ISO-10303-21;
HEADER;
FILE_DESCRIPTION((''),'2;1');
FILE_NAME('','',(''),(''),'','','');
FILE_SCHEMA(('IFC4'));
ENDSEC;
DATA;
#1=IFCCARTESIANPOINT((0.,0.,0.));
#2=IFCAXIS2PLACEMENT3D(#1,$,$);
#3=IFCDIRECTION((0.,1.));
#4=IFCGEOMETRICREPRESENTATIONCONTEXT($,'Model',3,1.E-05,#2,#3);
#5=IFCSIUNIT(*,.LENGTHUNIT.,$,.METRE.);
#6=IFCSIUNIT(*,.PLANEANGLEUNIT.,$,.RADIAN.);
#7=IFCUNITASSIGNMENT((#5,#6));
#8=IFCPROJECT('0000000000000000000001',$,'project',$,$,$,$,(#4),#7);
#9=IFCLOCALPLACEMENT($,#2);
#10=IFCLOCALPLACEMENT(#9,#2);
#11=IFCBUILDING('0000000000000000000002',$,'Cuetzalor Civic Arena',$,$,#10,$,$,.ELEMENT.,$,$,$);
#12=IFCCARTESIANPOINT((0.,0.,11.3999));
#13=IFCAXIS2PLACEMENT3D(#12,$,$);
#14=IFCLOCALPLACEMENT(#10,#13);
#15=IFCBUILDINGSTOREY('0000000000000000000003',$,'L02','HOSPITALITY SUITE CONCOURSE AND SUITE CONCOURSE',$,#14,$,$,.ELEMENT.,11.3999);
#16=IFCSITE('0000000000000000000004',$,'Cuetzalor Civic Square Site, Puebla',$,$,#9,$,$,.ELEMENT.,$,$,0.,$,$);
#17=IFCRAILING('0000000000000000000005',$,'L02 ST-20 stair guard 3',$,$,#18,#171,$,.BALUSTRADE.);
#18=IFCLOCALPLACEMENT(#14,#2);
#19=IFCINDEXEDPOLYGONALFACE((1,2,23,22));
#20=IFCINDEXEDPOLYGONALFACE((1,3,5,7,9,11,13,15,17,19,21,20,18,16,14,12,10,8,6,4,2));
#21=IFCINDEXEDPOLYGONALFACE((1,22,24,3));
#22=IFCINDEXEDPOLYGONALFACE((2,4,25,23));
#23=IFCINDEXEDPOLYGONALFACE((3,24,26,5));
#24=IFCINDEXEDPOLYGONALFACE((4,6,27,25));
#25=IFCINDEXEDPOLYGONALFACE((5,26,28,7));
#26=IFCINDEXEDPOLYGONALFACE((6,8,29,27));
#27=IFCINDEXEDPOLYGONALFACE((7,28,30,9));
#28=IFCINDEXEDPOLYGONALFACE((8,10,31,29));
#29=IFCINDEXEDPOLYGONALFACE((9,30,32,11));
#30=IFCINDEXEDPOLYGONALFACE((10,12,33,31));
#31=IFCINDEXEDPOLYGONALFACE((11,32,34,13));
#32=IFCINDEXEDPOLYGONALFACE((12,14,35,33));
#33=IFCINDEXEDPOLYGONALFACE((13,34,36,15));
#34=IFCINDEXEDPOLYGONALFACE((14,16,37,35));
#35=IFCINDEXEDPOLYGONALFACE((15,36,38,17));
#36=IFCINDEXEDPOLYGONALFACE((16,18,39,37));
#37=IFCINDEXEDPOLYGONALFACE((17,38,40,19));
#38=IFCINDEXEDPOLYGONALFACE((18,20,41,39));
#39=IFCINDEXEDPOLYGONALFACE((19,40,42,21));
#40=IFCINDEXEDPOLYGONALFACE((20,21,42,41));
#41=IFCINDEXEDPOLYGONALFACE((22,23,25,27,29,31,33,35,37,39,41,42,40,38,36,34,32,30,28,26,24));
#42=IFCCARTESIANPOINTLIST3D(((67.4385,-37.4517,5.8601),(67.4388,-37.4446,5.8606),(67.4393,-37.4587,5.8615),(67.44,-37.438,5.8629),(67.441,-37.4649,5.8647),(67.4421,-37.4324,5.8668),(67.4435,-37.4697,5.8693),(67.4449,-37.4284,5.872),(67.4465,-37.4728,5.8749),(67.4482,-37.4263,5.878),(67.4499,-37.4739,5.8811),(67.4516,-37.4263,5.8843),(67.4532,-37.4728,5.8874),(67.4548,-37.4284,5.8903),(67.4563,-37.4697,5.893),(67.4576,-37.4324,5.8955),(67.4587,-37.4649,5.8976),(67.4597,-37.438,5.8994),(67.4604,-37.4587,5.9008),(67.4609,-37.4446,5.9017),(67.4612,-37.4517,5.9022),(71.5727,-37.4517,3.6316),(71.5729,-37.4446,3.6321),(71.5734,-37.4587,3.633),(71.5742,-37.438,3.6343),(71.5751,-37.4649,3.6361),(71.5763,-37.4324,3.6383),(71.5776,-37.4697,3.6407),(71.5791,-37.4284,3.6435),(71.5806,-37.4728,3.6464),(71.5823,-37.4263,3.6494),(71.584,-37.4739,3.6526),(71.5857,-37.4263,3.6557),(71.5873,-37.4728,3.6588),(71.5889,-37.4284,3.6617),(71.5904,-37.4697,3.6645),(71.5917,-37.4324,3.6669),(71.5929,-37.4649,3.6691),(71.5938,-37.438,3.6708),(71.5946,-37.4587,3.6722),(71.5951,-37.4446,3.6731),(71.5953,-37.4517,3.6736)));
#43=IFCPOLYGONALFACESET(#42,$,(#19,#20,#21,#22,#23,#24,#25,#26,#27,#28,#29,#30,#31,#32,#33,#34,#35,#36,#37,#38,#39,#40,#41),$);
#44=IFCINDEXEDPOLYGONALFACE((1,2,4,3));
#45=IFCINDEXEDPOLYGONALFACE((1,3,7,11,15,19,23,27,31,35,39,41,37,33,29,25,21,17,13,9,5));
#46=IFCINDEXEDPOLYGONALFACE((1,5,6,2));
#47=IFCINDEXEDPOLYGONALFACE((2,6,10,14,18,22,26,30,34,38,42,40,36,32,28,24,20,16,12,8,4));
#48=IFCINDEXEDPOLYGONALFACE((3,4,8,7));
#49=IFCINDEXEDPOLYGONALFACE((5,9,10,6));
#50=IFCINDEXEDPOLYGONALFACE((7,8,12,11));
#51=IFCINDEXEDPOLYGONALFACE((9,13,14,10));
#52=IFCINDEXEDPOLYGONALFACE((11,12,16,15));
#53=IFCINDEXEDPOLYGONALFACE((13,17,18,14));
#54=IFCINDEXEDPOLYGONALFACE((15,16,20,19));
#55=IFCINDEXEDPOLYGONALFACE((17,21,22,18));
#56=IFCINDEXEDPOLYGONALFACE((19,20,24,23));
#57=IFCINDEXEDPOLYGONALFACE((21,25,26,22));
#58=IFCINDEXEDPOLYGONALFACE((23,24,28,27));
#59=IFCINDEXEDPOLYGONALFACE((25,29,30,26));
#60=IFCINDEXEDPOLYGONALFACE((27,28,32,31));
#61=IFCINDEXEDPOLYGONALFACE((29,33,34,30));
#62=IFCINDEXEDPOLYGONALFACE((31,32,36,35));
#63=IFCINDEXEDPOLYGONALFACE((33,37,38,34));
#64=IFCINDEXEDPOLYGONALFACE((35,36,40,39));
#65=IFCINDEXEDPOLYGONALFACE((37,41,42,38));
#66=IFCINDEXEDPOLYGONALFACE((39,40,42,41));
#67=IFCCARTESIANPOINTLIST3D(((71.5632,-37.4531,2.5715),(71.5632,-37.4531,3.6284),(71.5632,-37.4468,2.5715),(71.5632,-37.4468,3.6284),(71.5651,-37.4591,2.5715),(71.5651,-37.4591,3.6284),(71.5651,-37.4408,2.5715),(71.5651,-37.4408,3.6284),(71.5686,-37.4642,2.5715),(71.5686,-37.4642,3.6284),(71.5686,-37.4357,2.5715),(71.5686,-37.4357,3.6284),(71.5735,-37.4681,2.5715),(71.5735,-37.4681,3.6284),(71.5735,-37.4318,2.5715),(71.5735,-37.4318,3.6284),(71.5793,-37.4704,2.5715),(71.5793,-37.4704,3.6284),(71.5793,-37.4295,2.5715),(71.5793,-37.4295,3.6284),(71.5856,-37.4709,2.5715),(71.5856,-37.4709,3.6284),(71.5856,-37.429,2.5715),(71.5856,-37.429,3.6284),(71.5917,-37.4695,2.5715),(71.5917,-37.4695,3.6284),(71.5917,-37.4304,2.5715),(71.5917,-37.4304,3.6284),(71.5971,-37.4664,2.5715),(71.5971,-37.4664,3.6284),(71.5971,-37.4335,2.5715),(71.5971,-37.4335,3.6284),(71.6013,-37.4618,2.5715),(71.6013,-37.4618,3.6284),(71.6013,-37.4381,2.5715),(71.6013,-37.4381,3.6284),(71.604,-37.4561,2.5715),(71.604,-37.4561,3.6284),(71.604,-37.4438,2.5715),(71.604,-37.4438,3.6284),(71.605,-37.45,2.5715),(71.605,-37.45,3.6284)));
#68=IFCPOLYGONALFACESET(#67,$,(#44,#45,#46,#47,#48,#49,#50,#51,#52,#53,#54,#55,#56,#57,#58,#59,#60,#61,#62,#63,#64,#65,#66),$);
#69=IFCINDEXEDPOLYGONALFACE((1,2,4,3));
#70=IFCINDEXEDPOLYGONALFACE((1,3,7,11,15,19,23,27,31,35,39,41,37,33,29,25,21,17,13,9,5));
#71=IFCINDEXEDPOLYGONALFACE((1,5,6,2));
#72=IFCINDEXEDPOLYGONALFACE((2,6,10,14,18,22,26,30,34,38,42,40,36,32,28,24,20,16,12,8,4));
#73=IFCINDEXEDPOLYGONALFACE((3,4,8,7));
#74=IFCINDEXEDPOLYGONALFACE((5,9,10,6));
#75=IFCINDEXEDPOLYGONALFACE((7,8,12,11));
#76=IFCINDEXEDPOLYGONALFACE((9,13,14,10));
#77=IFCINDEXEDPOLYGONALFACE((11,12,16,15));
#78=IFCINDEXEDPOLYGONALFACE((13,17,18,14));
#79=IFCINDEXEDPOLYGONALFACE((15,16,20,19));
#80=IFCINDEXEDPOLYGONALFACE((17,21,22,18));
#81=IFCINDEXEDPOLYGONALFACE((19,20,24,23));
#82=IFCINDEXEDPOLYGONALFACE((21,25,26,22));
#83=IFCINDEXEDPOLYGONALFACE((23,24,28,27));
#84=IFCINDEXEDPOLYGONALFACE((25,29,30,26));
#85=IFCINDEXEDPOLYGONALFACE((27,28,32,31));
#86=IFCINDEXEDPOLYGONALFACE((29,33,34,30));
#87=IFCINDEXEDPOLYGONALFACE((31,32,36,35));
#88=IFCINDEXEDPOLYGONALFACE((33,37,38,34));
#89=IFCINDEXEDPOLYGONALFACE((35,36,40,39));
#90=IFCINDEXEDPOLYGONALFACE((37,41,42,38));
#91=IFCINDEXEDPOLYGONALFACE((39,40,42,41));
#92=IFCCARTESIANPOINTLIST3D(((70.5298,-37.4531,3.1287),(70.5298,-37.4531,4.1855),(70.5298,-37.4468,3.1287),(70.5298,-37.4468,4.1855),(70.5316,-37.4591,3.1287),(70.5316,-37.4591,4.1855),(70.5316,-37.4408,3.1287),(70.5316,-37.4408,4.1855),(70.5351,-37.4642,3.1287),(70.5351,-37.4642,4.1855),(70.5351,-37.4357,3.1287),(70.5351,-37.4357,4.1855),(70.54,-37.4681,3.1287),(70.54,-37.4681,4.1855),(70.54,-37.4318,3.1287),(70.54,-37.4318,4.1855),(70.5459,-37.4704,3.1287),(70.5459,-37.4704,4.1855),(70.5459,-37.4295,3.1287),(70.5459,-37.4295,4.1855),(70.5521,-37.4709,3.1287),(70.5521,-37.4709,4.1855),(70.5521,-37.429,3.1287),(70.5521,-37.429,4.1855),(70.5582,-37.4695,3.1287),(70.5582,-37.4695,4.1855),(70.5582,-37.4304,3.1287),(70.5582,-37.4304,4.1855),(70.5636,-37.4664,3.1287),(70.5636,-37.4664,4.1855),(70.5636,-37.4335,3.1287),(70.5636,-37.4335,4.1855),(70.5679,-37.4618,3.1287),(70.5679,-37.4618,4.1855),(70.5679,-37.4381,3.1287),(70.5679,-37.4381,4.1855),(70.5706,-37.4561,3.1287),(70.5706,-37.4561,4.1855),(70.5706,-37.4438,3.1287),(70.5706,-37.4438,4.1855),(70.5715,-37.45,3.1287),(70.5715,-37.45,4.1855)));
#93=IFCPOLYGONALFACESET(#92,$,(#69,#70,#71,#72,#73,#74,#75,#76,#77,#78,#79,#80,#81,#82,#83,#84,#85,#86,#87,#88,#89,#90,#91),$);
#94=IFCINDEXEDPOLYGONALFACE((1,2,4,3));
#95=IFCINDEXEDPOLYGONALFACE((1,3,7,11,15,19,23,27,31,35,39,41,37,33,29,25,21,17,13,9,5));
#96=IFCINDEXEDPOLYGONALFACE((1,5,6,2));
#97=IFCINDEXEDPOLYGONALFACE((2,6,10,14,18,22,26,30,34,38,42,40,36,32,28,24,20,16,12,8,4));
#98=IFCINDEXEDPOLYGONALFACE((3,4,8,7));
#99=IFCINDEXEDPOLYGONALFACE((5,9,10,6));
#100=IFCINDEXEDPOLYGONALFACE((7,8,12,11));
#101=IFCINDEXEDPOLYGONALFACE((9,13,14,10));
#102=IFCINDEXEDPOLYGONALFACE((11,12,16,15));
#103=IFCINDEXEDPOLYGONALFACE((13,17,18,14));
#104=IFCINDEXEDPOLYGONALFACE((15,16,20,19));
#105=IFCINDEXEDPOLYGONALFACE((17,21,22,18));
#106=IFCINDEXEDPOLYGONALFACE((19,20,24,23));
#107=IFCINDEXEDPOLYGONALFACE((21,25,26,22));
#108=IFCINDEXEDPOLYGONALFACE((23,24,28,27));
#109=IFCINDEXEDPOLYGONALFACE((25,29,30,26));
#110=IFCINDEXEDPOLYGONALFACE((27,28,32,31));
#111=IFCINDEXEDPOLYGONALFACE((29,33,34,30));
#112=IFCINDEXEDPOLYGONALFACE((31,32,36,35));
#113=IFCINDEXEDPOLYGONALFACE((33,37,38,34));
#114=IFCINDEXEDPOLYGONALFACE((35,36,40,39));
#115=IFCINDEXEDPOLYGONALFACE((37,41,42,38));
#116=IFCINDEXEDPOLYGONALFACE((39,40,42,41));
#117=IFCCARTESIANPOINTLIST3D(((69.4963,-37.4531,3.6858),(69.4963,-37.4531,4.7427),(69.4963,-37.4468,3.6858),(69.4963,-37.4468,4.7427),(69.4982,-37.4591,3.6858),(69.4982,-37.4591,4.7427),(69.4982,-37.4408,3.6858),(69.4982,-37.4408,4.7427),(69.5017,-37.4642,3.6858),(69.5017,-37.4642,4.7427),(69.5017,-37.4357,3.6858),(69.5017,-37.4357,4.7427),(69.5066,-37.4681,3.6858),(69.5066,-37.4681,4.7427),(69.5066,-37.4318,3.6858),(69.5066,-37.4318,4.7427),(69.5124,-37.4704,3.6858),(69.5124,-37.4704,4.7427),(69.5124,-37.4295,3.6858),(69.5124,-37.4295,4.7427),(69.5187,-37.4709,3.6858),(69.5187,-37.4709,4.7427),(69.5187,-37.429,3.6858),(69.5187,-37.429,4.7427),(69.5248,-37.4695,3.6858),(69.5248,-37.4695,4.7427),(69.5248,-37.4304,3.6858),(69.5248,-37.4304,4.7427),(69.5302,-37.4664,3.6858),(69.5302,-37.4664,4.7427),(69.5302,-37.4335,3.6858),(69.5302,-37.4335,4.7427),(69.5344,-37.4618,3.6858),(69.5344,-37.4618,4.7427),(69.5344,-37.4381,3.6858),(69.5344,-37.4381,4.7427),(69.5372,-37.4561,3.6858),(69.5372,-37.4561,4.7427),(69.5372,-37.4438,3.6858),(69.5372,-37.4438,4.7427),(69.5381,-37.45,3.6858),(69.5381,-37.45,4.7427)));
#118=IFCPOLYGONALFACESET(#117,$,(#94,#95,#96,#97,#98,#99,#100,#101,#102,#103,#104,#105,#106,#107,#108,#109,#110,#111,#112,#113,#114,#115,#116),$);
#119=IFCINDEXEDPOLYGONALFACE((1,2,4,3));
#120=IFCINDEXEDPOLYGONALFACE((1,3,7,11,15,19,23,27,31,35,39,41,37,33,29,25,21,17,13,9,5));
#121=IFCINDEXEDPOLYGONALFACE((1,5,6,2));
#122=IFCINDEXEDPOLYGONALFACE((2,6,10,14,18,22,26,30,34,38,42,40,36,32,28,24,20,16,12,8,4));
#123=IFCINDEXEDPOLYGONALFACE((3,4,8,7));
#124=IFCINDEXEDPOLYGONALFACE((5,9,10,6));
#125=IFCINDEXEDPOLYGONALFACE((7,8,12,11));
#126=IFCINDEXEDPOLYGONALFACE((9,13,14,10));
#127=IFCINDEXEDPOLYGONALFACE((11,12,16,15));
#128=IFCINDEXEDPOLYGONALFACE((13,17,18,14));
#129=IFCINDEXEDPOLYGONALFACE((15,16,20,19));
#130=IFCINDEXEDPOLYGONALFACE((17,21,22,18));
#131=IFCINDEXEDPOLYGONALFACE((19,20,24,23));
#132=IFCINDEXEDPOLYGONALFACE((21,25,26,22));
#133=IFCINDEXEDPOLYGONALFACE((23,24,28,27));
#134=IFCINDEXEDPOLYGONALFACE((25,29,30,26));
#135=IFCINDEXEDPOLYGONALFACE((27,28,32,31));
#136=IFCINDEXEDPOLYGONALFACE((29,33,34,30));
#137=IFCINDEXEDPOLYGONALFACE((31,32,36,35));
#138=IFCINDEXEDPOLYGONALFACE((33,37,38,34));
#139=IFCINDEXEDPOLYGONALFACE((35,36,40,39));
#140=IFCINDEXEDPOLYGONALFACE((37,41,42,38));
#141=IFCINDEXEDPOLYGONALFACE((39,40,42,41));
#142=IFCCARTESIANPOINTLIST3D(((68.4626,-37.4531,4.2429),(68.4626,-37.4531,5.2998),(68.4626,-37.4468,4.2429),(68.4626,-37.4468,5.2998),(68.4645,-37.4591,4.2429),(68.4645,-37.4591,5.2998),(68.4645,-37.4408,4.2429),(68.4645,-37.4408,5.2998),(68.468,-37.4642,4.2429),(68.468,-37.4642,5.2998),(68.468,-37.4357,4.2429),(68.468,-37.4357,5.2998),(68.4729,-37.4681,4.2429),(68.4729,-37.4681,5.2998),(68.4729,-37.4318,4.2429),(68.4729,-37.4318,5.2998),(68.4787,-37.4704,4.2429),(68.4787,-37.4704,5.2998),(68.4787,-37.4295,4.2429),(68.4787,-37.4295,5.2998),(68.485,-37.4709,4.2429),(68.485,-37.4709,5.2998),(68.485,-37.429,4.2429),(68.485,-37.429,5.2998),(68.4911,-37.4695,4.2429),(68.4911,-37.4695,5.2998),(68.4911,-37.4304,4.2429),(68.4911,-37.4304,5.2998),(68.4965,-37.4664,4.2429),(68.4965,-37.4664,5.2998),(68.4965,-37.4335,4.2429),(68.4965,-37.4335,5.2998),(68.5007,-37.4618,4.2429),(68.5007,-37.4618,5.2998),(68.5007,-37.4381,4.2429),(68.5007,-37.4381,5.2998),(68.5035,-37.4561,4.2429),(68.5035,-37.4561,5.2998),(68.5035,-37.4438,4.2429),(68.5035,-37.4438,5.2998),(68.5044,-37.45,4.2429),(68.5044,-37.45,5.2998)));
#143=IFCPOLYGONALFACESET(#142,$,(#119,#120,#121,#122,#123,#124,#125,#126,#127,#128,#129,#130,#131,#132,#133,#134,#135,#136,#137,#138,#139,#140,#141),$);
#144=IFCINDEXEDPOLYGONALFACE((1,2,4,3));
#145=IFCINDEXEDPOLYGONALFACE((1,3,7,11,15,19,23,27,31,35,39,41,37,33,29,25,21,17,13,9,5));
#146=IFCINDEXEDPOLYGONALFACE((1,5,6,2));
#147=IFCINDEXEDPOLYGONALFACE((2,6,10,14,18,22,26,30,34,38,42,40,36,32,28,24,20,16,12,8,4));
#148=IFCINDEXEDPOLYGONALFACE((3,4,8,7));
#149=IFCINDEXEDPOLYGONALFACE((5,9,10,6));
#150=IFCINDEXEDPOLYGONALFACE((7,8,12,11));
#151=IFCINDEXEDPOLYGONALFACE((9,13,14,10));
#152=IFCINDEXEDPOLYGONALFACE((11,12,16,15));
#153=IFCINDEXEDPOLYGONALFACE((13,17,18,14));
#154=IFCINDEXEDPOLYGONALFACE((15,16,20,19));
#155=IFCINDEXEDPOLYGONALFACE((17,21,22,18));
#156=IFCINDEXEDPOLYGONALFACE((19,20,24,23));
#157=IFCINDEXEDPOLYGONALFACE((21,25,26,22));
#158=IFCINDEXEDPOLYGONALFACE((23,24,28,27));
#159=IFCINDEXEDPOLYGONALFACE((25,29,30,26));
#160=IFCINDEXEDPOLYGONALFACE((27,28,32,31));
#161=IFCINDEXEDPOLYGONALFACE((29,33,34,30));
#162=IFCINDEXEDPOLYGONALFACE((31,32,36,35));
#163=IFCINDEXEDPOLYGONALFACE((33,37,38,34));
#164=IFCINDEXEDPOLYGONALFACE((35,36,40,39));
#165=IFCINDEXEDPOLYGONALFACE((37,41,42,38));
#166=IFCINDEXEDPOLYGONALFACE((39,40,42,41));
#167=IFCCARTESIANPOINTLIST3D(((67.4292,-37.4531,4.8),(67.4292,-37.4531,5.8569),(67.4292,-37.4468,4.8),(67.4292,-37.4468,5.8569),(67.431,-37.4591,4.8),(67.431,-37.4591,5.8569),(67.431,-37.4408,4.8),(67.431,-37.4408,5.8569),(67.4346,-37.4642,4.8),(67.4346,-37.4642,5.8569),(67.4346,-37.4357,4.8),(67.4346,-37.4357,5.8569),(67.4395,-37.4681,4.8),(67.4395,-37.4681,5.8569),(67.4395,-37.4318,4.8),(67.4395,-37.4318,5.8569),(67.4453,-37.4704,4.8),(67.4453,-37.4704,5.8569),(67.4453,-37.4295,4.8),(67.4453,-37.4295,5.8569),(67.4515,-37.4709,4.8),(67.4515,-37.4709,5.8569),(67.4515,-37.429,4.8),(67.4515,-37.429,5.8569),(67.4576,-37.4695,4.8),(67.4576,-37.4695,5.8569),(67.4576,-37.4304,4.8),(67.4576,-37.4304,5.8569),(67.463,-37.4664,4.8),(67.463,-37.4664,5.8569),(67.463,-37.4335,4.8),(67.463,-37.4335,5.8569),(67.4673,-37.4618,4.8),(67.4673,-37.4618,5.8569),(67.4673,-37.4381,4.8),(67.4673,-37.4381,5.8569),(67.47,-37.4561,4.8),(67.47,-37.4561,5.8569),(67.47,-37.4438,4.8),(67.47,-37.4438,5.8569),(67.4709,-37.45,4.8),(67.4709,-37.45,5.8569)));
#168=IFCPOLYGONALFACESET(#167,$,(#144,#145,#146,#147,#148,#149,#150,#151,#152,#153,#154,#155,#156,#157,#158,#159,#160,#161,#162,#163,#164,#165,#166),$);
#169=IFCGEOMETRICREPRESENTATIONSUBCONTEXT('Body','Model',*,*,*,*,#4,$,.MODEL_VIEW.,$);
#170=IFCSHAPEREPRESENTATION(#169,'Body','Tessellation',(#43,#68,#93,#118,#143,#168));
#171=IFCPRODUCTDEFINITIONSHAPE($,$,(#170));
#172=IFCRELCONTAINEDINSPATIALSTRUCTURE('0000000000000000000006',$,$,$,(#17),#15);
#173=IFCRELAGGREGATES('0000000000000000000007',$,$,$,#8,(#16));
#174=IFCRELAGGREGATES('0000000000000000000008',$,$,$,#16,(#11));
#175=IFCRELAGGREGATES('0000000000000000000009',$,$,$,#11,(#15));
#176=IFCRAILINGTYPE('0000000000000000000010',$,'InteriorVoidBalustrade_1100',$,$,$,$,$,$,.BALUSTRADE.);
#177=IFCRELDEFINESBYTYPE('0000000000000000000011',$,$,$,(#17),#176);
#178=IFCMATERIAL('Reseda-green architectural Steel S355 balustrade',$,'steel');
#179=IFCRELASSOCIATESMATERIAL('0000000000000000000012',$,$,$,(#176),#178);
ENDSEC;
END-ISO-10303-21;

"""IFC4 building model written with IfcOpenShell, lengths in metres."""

from ifc_helpers import new_model, si_unit, direction, frame, origin, origin_2d, place, context, subcontext, project, spatial, circle, extrude, material, type_object, element, save


model = new_model("IFC4")

# Units and contexts
model_context = context("Model", 3, precision=1e-05, world=origin(), true_north=direction((0.0, 1.0)))
body_context = subcontext(model_context, "Body", "Model", "MODEL_VIEW")
ifc_project = project(units=[si_unit("LENGTHUNIT", "METRE"), si_unit("PLANEANGLEUNIT", "RADIAN")], contexts=[model_context])

# Site, building, storey
site_placement = place(None, origin())
site = spatial("IfcSite", under=ifc_project, at=site_placement, Name="Cuetzalor Civic Square Site, Puebla", CompositionType="ELEMENT", RefElevation=0.0)
building_placement = place(site_placement, origin())
building = spatial("IfcBuilding", under=site, at=building_placement, Name="Cuetzalor Civic Arena", CompositionType="ELEMENT")
storey_placement = place(building_placement, frame((0.0, 0.0, 11.3999)))
storey = spatial("IfcBuildingStorey", under=building, at=storey_placement, Name="L02", Description="HOSPITALITY SUITE CONCOURSE AND SUITE CONCOURSE", CompositionType="ELEMENT", Elevation=11.3999)

# Railing
ifc_material_1 = material(Name="Reseda-green architectural Steel S355 balustrade", Category="steel")
railing_type_1 = type_object("IfcRailingType", Name="InteriorVoidBalustrade_1100", PredefinedType="BALUSTRADE", material=ifc_material_1)
railing_1_placement = place(storey_placement, frame((71.584, -37.45, 2.5715)))
element("IfcRailing", 1, at=railing_1_placement, inside=storey, type_object=railing_type_1, Name="L02 ST-20 stair guard 3", PredefinedType="BALUSTRADE", context=body_context, shape_type="SweptSolid", body=[
    extrude(circle(Radius=0.0239, at=origin_2d()), frame((0.0, 0.0, 1.0811), z_axis=(-0.880249, 0.0, 0.474512), x_axis=(0.0, -1.0, 0.0)), (0.0, 0.0, 1.0), 4.6965),
    extrude(circle(Radius=0.021, at=origin_2d()), origin(), (0.0, 0.0, 1.0), 1.0569),
    extrude(circle(Radius=0.021, at=origin_2d()), frame((-1.0334, 0.0, 0.5571)), (0.0, 0.0, 1.0), 1.0569),
    extrude(circle(Radius=0.021, at=origin_2d()), frame((-2.0669, 0.0, 1.1143)), (0.0, 0.0, 1.0), 1.0569),
    extrude(circle(Radius=0.021, at=origin_2d()), frame((-3.1006, 0.0, 1.6714)), (0.0, 0.0, 1.0), 1.0569),
    extrude(circle(Radius=0.021, at=origin_2d()), frame((-4.134, 0.0, 2.2285)), (0.0, 0.0, 1.0), 1.0569),
])

save(model, "model.ifc")
